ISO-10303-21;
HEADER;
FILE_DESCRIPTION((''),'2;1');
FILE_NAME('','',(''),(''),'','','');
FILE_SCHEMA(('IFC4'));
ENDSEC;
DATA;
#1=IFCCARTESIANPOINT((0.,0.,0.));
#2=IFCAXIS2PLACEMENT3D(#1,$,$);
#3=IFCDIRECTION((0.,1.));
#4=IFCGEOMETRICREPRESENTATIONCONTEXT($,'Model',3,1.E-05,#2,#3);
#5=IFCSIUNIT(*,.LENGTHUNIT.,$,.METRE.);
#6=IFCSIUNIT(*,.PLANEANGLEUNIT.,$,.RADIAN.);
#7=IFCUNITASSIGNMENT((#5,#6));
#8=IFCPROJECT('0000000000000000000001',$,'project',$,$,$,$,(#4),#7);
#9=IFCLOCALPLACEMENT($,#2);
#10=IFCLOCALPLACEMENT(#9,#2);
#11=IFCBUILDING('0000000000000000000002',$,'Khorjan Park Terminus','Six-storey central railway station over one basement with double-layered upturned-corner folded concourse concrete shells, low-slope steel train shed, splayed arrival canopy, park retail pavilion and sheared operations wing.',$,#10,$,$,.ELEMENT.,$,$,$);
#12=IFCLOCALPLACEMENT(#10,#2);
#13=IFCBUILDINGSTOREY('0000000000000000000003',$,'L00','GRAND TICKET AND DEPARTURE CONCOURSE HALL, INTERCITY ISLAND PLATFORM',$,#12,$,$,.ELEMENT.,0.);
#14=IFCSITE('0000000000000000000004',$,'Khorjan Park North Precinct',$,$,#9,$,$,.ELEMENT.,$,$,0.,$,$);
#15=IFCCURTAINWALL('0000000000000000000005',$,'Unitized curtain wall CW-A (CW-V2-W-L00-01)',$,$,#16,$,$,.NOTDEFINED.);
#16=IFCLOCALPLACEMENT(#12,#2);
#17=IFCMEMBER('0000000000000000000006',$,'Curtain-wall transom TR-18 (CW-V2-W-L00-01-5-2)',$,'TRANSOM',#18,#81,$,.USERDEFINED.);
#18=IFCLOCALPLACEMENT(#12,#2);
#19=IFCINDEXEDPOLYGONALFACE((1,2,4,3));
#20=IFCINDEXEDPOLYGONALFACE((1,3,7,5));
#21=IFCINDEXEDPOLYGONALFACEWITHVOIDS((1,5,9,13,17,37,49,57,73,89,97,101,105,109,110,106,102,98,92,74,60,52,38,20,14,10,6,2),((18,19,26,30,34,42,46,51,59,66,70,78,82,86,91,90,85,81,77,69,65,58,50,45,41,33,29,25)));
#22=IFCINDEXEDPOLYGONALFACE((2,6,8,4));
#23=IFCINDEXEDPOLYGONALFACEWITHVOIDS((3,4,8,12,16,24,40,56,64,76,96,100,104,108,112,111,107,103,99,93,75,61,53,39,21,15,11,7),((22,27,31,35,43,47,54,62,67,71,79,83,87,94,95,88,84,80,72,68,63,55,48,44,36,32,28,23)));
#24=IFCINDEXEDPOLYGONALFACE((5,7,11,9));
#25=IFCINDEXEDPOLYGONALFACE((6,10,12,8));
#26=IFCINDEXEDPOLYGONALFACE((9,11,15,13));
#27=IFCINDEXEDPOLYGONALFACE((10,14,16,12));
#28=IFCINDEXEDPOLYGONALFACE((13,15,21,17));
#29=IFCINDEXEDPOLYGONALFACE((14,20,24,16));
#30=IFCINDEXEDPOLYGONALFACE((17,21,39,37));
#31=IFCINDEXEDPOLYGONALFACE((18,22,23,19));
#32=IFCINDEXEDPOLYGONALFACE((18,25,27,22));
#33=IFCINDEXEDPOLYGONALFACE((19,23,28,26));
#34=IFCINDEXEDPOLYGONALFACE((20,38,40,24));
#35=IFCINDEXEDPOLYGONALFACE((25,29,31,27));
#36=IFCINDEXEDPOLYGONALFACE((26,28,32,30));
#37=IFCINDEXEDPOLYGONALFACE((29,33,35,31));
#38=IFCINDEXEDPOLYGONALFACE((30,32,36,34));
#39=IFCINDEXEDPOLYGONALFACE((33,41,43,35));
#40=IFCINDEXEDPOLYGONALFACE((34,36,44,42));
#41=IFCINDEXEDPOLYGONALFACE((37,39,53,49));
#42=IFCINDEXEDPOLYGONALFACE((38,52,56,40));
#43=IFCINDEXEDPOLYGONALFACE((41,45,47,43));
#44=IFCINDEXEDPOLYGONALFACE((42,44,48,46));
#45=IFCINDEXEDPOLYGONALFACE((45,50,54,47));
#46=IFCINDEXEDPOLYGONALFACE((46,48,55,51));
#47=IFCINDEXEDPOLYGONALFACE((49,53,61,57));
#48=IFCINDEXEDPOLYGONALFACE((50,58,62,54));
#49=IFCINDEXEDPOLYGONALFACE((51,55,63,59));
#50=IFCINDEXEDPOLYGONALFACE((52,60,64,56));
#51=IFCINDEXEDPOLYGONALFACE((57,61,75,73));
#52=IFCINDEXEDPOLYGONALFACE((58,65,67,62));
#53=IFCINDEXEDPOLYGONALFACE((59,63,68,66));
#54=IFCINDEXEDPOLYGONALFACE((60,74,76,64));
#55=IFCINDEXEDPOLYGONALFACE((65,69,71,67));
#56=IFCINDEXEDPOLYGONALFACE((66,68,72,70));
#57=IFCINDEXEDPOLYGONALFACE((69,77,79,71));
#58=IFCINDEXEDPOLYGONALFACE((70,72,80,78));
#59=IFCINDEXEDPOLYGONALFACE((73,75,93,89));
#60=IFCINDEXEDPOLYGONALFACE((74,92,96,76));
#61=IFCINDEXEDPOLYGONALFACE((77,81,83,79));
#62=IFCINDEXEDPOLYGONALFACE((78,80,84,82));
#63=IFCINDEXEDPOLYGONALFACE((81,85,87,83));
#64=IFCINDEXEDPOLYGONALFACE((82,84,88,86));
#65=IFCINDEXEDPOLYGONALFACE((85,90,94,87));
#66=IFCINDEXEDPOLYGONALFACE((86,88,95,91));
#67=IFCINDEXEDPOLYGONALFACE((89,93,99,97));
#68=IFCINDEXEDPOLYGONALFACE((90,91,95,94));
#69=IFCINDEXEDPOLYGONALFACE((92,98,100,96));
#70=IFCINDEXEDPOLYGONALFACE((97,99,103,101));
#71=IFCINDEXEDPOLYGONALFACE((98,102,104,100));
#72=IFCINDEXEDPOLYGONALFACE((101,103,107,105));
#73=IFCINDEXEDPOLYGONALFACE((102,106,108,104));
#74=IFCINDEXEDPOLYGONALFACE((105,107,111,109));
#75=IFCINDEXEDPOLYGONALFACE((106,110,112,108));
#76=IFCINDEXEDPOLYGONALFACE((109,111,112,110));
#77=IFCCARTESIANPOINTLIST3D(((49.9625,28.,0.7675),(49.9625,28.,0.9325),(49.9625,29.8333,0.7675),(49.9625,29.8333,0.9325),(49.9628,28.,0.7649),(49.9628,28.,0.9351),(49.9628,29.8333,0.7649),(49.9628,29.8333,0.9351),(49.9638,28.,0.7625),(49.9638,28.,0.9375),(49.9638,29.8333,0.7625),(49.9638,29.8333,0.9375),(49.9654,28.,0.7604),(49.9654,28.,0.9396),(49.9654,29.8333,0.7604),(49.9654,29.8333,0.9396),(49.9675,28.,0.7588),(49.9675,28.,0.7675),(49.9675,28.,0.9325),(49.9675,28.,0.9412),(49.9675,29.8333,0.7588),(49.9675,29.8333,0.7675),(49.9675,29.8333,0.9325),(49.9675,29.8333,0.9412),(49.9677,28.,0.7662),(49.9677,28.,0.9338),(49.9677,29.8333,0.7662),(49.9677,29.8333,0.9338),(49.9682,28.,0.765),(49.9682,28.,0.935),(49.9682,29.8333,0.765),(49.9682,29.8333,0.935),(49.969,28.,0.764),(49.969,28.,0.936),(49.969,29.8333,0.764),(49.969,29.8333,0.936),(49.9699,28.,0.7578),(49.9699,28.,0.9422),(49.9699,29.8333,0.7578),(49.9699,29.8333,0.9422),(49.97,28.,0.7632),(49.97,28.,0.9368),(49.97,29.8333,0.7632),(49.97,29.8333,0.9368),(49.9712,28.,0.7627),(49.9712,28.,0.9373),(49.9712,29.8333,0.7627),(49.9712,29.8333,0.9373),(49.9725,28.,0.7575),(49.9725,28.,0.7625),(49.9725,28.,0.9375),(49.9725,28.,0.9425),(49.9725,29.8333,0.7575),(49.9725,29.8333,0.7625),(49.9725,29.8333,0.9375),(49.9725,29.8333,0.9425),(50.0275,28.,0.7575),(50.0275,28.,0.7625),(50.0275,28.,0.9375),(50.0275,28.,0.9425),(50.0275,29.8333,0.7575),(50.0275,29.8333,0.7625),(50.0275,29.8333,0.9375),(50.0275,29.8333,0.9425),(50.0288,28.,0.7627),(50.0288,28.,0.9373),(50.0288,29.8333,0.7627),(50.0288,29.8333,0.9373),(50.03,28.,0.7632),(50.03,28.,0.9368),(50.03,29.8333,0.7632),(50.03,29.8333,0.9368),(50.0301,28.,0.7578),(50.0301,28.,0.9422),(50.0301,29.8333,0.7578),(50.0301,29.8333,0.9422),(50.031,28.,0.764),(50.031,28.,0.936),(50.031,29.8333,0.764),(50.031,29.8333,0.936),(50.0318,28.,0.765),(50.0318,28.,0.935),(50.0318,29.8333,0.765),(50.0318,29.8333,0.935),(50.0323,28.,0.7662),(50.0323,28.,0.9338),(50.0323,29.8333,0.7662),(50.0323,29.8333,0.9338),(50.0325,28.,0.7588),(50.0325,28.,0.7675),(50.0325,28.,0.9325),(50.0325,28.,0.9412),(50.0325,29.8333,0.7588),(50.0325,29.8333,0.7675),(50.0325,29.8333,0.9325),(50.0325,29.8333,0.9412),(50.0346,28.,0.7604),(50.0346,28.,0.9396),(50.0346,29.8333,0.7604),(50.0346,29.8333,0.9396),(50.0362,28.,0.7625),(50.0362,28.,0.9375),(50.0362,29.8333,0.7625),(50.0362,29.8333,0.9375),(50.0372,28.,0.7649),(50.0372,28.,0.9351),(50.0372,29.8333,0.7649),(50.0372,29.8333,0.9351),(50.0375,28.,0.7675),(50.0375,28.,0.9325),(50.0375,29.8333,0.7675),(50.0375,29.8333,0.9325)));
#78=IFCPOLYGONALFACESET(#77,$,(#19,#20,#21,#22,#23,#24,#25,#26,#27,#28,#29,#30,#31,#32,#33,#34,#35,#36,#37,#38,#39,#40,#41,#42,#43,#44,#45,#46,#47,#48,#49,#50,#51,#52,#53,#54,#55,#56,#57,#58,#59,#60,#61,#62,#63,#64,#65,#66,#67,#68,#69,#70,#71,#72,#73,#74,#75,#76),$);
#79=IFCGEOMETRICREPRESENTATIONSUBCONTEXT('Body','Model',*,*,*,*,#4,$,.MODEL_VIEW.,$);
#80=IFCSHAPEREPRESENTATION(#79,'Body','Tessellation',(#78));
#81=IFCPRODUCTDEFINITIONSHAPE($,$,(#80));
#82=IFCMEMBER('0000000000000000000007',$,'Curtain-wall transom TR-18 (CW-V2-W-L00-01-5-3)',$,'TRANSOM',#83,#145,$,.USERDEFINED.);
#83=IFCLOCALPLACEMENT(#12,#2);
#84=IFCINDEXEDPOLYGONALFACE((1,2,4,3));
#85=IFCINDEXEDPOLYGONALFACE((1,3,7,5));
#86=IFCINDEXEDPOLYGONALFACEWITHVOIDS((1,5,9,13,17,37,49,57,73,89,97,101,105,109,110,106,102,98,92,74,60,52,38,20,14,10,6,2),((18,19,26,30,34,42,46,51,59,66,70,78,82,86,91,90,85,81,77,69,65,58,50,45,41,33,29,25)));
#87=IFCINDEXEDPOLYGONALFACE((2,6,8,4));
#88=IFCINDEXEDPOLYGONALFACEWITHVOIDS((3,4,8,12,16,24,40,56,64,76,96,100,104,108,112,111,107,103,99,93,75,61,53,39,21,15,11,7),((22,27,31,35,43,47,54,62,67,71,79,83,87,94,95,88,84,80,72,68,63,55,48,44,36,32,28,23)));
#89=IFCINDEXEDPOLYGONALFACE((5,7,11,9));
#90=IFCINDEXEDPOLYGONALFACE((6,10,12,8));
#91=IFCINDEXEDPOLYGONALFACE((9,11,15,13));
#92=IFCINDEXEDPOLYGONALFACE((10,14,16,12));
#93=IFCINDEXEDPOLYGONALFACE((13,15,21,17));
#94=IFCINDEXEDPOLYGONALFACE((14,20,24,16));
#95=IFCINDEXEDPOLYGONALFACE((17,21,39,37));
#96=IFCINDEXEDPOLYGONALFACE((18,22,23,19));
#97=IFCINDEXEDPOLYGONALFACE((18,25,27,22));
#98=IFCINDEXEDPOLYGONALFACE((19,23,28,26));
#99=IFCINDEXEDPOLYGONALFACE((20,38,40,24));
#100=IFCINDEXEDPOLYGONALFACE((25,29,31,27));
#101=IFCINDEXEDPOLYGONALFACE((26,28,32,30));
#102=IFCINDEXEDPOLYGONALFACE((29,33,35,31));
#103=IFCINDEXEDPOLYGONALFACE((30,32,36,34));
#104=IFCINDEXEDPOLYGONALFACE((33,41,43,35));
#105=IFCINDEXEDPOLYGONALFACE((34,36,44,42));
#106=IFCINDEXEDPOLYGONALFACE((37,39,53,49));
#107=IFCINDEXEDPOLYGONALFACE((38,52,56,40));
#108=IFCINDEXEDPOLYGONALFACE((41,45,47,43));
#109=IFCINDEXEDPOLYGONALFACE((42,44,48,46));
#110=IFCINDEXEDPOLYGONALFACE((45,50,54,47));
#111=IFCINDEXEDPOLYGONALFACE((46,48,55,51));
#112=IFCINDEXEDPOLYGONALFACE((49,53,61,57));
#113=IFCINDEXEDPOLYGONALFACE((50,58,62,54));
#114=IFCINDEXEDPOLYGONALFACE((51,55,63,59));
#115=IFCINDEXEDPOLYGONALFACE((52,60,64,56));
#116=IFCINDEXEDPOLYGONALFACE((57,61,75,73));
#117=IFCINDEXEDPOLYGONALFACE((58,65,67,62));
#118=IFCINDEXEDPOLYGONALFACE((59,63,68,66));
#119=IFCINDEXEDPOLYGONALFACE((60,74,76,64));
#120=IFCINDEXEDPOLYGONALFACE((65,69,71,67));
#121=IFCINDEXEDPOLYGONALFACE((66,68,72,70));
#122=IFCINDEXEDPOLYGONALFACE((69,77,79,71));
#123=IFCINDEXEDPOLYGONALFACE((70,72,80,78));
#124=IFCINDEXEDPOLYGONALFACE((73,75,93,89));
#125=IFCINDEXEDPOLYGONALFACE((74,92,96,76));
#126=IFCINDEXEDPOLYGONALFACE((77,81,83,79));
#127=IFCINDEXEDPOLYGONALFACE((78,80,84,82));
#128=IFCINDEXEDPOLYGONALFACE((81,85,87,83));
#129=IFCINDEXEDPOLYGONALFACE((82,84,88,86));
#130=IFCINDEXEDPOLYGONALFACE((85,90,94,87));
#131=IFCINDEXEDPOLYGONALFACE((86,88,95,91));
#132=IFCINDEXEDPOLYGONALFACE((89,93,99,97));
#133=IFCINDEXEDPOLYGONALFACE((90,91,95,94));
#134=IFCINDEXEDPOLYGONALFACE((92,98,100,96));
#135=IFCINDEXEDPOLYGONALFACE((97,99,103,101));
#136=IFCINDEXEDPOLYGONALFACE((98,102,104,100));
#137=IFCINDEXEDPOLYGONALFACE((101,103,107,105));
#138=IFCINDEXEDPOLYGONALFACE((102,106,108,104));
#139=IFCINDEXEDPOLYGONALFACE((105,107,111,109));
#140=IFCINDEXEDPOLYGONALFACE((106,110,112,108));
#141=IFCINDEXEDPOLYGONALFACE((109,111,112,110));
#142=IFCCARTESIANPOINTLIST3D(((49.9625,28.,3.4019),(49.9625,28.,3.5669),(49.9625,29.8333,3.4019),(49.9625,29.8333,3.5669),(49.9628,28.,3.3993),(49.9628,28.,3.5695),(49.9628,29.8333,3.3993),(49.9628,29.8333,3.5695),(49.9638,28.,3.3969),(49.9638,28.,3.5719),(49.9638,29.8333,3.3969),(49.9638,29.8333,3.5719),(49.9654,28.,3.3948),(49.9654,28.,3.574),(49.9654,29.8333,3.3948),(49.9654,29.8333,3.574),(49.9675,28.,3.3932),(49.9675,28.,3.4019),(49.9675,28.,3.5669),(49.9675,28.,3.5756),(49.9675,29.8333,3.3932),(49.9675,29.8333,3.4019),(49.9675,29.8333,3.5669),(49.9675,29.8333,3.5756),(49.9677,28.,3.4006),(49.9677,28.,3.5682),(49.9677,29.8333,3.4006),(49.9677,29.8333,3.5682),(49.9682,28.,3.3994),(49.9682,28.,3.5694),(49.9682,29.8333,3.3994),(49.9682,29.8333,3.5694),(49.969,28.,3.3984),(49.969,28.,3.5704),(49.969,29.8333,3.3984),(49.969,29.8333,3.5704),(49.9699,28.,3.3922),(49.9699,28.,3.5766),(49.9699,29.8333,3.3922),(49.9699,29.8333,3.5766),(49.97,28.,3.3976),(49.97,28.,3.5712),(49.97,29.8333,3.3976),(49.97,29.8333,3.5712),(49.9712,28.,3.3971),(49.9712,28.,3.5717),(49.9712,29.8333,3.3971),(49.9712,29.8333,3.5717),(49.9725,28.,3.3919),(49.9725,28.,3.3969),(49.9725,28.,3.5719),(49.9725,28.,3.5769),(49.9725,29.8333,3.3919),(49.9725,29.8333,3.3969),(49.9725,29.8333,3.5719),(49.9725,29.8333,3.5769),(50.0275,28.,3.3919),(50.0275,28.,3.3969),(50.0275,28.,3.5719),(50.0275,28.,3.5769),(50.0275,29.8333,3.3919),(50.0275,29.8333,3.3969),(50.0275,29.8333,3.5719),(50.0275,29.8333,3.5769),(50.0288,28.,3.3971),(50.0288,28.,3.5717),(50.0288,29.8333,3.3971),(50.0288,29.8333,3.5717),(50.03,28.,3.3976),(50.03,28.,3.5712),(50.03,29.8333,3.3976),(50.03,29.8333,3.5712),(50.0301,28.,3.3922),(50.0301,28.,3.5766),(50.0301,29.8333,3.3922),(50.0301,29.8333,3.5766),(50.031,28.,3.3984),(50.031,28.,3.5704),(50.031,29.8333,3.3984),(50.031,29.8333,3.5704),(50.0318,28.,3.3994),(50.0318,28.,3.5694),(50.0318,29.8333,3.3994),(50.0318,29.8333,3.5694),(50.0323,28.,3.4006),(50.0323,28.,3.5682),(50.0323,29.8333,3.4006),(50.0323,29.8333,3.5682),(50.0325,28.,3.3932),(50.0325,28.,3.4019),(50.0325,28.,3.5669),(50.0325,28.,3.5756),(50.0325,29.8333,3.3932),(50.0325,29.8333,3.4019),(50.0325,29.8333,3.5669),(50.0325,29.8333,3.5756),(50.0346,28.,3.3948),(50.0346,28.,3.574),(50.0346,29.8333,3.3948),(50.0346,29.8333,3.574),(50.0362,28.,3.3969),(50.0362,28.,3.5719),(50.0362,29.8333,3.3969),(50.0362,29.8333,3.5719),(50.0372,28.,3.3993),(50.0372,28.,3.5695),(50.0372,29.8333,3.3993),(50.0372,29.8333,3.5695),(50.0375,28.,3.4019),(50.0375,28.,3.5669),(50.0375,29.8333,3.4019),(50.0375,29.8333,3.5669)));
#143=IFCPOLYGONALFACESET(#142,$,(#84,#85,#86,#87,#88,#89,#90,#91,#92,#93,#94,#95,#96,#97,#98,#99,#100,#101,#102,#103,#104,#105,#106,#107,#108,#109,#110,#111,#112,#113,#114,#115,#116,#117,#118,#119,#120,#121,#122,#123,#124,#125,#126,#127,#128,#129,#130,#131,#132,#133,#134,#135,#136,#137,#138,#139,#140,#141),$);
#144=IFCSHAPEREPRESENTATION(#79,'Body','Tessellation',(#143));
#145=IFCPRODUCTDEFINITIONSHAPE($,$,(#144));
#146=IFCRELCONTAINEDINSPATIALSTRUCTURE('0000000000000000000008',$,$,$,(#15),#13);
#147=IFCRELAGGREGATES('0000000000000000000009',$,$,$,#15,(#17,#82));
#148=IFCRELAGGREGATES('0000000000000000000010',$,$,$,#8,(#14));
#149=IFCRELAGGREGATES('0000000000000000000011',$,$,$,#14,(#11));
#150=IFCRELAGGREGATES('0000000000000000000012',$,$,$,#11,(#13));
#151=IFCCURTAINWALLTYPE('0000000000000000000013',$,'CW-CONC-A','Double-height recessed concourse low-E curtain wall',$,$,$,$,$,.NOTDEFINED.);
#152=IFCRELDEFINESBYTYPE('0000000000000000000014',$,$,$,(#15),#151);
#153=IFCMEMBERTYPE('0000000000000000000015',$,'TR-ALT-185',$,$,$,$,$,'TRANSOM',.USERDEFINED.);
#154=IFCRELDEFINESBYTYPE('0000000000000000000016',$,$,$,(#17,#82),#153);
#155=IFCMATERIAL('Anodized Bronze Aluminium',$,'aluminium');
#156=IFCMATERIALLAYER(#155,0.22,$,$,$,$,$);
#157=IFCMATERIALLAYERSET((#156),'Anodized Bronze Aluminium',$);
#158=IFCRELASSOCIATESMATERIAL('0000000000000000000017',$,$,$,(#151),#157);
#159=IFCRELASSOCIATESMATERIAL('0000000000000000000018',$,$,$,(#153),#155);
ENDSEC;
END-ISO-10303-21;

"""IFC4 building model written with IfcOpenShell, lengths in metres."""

from ifc_helpers import new_model, si_unit, direction, frame, origin, origin_2d, place, context, subcontext, project, spatial, hollow_rectangle, extrude, material, layer, layer_set, material_profile, profile_set, type_object, element, aggregate, save


model = new_model("IFC4")

# Units and contexts
model_context = context("Model", 3, precision=1e-05, world=origin(), true_north=direction((0.0, 1.0)))
body_context = subcontext(model_context, "Body", "Model", "MODEL_VIEW")
ifc_project = project(units=[si_unit("LENGTHUNIT", "METRE"), si_unit("PLANEANGLEUNIT", "RADIAN")], contexts=[model_context])

# Site, building, storey
site_placement = place(None, origin())
site = spatial("IfcSite", under=ifc_project, at=site_placement, Name="Khorjan Park North Precinct", CompositionType="ELEMENT", RefElevation=0.0)
building_placement = place(site_placement, origin())
building = spatial("IfcBuilding", under=site, at=building_placement, Name="Khorjan Park Terminus", Description="Six-storey central railway station over one basement with double-layered upturned-corner folded concourse concrete shells, low-slope steel train shed, splayed arrival canopy, park retail pavilion and sheared operations wing.", CompositionType="ELEMENT")
storey_placement = place(building_placement, origin())
storey = spatial("IfcBuildingStorey", under=building, at=storey_placement, Name="L00", Description="GRAND TICKET AND DEPARTURE CONCOURSE HALL, INTERCITY ISLAND PLATFORM", CompositionType="ELEMENT", Elevation=0.0)

# Curtain wall, members
ifc_material_1 = material(Name="Anodized Bronze Aluminium", Category="aluminium")
ifc_layer_1 = layer(ifc_material_1, 0.22)
ifc_layer_set_1 = layer_set([ifc_layer_1], Name="Anodized Bronze Aluminium")
curtain_wall_type = type_object("IfcCurtainWallType", Name="CW-CONC-A", Description="Double-height recessed concourse low-E curtain wall", PredefinedType="NOTDEFINED", material=ifc_layer_set_1)
curtain_wall_placement = place(storey_placement, origin())
curtain_wall = element("IfcCurtainWall", 1, at=curtain_wall_placement, inside=storey, type_object=curtain_wall_type, Name="Unitized curtain wall CW-A (CW-V2-W-L00-01)", PredefinedType="NOTDEFINED")
ifc_material_profile_1 = material_profile(ifc_material_1, hollow_rectangle(XDim=0.075, YDim=0.185, WallThickness=0.005, InnerFilletRadius=0.005, OuterFilletRadius=0.01, at=origin_2d()), Name="ALT 75x185x5")
ifc_profile_set_1 = profile_set([ifc_material_profile_1], Name="Anodized Bronze Aluminium")
member_type_1 = type_object("IfcMemberType", Name="TR-ALT-185", ElementType="TRANSOM", PredefinedType="USERDEFINED", material=ifc_profile_set_1)
member_1_placement = place(storey_placement, frame((50.0, 29.8333, 0.85), z_axis=(0.0, -1.0, 0.0), x_axis=(1.0, 0.0, 0.0)))
member_1 = element("IfcMember", 2, at=member_1_placement, type_object=member_type_1, Name="Curtain-wall transom TR-18 (CW-V2-W-L00-01-5-2)", ObjectType="TRANSOM", PredefinedType="USERDEFINED", context=body_context, shape_type="SweptSolid", body=[
    extrude(hollow_rectangle(XDim=0.075, YDim=0.185, WallThickness=0.005, InnerFilletRadius=0.005, OuterFilletRadius=0.01, at=origin_2d()), origin(), (0.0, 0.0, 1.0), 1.8333),
])
member_2_placement = place(storey_placement, frame((50.0, 29.8333, 3.4844), z_axis=(0.0, -1.0, 0.0), x_axis=(1.0, 0.0, 0.0)))
member_2 = element("IfcMember", 3, at=member_2_placement, type_object=member_type_1, Name="Curtain-wall transom TR-18 (CW-V2-W-L00-01-5-3)", ObjectType="TRANSOM", PredefinedType="USERDEFINED", context=body_context, shape_type="SweptSolid", body=[
    extrude(hollow_rectangle(XDim=0.075, YDim=0.185, WallThickness=0.005, InnerFilletRadius=0.005, OuterFilletRadius=0.01, at=origin_2d()), origin(), (0.0, 0.0, 1.0), 1.8333),
])
aggregate(curtain_wall, [member_1, member_2])

save(model, "model.ifc")
